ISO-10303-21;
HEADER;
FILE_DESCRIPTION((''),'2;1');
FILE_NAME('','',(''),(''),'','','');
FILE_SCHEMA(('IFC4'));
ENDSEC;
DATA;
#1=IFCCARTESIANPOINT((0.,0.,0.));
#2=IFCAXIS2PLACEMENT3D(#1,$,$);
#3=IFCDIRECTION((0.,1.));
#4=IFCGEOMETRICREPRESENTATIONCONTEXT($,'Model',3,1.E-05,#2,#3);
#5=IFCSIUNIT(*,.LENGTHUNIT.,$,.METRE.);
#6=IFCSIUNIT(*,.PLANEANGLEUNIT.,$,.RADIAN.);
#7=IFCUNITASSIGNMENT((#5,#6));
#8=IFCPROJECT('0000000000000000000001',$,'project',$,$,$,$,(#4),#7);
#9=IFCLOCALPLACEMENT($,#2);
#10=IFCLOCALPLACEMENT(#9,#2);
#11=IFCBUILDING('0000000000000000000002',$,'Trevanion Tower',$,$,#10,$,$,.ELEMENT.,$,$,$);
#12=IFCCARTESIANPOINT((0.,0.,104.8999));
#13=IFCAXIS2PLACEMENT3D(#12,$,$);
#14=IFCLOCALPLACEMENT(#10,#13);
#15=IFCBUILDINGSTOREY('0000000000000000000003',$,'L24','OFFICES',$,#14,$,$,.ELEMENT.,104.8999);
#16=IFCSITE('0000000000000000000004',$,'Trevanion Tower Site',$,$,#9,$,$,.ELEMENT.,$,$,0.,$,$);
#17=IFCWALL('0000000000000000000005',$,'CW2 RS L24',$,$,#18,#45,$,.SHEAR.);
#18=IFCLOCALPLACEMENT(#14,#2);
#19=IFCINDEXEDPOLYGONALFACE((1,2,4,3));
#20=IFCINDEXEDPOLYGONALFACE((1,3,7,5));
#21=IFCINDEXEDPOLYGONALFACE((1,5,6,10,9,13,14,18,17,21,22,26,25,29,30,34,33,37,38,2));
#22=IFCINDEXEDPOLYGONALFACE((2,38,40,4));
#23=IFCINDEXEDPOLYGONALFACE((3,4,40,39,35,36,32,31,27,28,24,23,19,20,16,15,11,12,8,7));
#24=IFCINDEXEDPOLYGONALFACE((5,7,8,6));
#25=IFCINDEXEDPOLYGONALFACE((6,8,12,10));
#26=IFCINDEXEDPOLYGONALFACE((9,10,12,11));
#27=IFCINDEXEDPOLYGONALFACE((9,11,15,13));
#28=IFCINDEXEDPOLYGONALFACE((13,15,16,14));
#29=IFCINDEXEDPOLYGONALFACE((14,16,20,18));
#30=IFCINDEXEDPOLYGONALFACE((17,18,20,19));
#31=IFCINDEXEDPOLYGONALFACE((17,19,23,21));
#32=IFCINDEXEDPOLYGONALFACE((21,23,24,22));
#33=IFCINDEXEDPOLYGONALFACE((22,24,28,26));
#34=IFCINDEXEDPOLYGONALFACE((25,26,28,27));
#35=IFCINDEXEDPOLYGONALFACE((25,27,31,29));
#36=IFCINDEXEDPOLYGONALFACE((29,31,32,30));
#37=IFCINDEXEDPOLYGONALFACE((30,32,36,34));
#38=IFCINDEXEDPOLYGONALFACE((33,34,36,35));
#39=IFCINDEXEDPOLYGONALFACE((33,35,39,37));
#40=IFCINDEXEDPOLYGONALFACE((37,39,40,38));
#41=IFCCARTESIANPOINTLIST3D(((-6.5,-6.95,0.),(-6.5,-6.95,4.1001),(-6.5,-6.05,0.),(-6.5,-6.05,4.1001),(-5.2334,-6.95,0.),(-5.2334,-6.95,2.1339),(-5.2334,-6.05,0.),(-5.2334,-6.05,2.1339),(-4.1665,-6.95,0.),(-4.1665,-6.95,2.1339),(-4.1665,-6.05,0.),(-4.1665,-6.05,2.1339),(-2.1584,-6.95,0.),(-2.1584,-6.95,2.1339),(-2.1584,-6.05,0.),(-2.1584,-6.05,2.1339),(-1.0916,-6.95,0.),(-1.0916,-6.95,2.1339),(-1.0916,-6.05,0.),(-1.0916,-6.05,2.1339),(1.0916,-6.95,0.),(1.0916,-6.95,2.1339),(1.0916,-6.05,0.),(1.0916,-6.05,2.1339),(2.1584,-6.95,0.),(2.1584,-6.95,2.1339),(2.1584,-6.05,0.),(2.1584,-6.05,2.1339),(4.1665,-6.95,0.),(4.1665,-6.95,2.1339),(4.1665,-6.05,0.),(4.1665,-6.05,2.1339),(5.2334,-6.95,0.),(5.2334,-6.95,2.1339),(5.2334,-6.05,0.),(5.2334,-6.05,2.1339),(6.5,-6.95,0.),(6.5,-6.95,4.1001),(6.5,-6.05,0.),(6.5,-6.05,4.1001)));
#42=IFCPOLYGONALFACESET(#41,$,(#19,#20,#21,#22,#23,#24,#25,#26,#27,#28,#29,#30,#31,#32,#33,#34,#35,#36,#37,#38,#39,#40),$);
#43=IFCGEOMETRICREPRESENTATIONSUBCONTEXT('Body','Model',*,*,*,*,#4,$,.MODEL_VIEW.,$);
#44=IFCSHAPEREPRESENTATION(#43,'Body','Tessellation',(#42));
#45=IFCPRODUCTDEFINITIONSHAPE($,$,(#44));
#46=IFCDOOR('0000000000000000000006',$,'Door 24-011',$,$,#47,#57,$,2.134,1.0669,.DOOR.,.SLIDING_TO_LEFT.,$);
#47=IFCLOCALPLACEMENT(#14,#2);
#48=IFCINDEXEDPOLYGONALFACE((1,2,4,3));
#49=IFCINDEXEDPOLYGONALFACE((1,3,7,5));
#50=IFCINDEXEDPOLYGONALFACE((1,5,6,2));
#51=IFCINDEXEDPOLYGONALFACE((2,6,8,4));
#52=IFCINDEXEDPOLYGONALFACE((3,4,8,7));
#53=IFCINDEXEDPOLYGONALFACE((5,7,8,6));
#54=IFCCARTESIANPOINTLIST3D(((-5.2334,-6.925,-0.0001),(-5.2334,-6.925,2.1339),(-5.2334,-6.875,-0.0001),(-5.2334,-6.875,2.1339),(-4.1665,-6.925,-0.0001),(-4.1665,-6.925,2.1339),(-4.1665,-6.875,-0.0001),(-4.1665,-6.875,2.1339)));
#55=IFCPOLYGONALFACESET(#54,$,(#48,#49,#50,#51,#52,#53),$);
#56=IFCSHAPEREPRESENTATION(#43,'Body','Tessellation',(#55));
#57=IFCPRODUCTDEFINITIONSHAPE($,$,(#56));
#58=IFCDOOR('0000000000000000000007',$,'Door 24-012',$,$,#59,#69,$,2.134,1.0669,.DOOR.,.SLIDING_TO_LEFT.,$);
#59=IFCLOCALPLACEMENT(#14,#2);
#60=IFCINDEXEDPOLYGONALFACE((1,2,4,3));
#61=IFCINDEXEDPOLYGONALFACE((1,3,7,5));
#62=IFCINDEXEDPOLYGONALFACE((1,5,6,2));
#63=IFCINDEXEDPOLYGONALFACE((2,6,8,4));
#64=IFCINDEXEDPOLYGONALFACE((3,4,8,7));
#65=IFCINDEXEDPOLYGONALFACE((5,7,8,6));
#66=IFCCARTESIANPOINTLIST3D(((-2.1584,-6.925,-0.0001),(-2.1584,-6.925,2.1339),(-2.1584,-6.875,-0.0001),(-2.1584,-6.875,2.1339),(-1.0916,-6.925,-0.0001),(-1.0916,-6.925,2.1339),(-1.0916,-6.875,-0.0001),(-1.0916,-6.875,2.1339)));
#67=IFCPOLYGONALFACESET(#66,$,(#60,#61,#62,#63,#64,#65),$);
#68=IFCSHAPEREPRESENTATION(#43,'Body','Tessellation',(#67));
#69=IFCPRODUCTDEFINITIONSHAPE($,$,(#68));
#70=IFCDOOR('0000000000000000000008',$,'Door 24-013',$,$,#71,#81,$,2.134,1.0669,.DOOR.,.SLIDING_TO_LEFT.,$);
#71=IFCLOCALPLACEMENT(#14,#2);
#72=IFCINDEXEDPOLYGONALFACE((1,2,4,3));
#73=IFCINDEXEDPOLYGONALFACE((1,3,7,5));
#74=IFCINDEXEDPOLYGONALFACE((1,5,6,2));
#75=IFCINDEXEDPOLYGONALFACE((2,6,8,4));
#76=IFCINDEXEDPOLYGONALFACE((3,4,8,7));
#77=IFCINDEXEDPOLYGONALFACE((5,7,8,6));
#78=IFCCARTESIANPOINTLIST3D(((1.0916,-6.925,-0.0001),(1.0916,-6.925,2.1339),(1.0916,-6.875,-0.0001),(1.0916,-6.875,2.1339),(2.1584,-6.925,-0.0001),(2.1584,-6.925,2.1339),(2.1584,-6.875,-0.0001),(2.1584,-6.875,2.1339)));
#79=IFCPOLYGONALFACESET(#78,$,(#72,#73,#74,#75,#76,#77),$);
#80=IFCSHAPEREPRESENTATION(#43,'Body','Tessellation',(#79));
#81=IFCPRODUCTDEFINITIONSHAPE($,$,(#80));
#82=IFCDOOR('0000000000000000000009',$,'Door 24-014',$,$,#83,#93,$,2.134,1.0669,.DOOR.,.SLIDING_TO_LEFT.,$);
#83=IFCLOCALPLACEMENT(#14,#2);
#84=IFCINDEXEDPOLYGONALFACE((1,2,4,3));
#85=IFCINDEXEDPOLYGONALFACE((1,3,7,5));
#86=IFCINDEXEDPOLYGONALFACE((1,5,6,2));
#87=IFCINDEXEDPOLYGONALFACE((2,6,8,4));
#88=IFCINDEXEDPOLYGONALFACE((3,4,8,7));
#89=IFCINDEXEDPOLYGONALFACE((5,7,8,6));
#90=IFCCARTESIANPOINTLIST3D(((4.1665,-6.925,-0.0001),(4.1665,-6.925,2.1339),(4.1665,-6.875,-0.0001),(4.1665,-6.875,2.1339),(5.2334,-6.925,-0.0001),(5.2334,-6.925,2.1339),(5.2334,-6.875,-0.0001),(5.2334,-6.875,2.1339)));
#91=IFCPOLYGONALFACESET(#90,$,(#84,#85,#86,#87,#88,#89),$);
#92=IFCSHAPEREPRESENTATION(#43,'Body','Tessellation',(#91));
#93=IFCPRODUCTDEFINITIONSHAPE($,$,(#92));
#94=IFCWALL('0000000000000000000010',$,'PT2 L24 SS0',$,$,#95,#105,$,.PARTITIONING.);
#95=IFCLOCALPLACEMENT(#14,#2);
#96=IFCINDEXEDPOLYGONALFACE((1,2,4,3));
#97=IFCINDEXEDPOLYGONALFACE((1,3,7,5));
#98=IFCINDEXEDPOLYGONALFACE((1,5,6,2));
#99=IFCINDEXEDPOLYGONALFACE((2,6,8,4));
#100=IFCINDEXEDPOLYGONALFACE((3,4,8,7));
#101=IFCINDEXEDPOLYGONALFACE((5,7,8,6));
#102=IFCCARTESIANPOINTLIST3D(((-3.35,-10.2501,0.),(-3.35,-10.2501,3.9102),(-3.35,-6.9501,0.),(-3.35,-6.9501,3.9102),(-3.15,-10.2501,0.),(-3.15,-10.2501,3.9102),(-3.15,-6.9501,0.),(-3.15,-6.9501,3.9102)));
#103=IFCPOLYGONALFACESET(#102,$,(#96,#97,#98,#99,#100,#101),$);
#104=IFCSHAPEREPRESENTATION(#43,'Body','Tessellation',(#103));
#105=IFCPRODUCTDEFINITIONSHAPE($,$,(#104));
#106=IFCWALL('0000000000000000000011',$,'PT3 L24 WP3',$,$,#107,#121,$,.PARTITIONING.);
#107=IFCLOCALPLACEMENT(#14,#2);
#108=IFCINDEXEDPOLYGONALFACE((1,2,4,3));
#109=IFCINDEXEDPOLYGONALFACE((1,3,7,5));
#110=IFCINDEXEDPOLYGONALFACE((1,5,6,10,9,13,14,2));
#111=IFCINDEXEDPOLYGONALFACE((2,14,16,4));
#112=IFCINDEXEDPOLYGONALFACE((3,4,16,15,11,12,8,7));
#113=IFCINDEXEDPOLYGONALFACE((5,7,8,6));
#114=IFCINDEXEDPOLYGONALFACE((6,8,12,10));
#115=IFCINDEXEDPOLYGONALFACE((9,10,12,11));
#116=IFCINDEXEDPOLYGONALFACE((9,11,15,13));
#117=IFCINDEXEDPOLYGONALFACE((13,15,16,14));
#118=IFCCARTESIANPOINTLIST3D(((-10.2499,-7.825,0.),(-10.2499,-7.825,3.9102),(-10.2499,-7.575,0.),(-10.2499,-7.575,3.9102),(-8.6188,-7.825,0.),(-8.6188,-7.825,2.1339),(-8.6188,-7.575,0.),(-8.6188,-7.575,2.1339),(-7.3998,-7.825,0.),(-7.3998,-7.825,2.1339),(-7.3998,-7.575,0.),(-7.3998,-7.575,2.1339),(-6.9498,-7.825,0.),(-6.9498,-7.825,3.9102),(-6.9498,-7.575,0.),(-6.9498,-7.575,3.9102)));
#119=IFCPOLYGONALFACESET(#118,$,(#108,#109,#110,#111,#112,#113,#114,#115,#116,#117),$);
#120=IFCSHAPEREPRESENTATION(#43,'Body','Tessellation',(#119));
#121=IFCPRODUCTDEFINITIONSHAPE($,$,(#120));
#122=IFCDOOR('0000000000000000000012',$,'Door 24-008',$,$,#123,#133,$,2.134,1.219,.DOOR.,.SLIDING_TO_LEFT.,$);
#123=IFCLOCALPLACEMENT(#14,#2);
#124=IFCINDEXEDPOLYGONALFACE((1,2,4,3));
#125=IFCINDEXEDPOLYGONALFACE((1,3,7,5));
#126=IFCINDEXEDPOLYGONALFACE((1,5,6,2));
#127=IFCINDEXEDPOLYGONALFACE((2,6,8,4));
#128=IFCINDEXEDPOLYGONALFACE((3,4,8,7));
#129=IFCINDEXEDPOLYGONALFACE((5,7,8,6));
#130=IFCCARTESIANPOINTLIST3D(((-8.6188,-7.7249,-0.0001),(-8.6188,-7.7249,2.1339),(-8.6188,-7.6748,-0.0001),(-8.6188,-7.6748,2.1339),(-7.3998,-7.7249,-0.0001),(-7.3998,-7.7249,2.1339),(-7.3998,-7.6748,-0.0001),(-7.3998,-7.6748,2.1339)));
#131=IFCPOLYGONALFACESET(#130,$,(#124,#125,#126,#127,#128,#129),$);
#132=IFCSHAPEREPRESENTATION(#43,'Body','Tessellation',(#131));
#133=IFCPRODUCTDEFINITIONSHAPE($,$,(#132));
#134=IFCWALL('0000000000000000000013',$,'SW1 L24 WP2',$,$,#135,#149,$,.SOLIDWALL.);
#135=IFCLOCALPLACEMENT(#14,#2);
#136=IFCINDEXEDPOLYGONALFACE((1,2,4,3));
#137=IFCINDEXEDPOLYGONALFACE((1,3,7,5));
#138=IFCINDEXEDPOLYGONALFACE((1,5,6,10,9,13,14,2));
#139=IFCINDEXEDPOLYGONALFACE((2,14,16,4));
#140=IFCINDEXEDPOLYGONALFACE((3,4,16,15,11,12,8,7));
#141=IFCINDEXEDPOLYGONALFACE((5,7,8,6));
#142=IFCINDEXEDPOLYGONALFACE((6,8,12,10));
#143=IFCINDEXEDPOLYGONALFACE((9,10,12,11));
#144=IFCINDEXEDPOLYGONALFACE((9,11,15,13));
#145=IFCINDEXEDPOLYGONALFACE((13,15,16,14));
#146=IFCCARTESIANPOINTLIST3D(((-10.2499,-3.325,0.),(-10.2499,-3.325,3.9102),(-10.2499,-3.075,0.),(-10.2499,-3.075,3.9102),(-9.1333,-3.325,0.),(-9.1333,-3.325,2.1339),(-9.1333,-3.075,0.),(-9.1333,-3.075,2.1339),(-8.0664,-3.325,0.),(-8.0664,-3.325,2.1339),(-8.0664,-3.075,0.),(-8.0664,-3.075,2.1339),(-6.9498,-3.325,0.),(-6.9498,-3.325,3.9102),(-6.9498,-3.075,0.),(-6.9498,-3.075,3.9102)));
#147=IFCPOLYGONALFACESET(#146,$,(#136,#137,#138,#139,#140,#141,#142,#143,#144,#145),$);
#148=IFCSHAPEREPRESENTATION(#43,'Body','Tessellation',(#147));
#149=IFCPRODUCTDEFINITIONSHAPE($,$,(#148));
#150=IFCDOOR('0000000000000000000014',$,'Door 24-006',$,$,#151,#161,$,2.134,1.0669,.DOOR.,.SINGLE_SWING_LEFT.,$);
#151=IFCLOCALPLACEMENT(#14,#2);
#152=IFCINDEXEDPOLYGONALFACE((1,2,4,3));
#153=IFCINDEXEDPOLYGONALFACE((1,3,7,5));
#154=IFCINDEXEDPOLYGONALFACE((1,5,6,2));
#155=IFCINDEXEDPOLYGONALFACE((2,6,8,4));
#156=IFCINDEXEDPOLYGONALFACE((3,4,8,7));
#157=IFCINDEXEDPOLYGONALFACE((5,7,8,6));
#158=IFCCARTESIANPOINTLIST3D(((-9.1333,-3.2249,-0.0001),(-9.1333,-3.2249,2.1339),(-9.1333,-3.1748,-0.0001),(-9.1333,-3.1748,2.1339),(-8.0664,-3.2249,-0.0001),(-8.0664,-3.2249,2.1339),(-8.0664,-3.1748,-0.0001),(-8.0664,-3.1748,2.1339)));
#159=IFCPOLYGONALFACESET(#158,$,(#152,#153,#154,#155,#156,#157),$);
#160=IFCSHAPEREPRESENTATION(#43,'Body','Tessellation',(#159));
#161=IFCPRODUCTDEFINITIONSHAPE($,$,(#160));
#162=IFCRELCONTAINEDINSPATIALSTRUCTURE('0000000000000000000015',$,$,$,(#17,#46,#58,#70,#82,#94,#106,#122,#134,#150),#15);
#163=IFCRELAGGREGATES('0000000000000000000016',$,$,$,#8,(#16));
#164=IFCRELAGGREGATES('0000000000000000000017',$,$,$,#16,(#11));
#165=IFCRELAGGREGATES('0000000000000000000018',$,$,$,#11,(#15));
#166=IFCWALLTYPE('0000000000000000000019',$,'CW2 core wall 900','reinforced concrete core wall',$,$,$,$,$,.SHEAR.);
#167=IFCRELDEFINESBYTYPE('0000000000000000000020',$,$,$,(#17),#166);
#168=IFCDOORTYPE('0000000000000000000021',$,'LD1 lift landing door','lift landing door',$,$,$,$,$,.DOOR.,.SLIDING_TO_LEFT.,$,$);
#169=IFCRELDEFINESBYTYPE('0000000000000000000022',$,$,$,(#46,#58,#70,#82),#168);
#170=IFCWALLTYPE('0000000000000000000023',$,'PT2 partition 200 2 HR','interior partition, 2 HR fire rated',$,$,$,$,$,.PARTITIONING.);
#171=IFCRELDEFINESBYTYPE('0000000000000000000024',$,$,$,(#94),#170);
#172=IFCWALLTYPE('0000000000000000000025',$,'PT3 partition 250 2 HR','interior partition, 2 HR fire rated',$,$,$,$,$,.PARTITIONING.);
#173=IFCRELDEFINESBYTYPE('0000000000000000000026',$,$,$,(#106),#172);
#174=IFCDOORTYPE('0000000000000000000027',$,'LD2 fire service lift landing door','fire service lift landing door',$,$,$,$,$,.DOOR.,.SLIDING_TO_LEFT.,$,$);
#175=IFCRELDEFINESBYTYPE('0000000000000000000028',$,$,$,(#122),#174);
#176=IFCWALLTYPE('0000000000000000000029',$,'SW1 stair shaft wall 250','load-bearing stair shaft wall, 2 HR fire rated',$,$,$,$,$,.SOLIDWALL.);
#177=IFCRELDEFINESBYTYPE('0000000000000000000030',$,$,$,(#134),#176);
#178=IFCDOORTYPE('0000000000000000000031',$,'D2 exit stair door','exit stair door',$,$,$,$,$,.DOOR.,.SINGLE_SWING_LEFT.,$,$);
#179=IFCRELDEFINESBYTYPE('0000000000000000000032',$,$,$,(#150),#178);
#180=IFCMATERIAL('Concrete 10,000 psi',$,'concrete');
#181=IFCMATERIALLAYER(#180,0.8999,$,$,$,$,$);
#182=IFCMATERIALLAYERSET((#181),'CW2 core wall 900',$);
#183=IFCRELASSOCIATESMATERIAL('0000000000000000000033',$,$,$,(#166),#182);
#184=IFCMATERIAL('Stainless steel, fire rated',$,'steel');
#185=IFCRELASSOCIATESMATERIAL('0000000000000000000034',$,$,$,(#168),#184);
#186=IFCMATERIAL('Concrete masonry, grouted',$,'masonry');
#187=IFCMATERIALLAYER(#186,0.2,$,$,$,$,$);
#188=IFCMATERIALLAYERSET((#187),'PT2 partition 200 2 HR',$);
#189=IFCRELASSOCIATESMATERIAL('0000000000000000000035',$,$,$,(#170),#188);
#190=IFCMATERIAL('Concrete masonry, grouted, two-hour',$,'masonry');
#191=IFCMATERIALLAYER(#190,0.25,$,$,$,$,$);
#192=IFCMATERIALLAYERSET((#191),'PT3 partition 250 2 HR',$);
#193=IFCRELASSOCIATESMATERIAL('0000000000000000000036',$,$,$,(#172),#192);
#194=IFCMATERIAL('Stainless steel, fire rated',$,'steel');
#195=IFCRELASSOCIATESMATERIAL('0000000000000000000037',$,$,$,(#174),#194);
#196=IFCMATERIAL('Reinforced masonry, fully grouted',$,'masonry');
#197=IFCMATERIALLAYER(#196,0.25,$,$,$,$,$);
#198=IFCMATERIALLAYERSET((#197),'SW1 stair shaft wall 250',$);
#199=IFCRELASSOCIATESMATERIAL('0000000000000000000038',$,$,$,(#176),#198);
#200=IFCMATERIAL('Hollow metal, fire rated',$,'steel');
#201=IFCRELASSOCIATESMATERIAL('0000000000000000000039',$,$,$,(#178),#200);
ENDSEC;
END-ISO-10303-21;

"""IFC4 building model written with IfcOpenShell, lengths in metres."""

from ifc_helpers import new_model, si_unit, direction, frame, frame_2d, origin, place, context, subcontext, project, spatial, rectangle, extrude, material, layer, layer_set, type_object, element, fill, save


model = new_model("IFC4")

# Units and contexts
model_context = context("Model", 3, precision=1e-05, world=origin(), true_north=direction((0.0, 1.0)))
body_context = subcontext(model_context, "Body", "Model", "MODEL_VIEW")
ifc_project = project(units=[si_unit("LENGTHUNIT", "METRE"), si_unit("PLANEANGLEUNIT", "RADIAN")], contexts=[model_context])

# Site, building, storey
site_placement = place(None, origin())
site = spatial("IfcSite", under=ifc_project, at=site_placement, Name="Trevanion Tower Site", CompositionType="ELEMENT", RefElevation=0.0)
building_placement = place(site_placement, origin())
building = spatial("IfcBuilding", under=site, at=building_placement, Name="Trevanion Tower", CompositionType="ELEMENT")
storey_placement = place(building_placement, frame((0.0, 0.0, 104.8999)))
storey = spatial("IfcBuildingStorey", under=building, at=storey_placement, Name="L24", Description="OFFICES", CompositionType="ELEMENT", Elevation=104.8999)

# Shared definitions
ifc_material_1 = material(Name="Concrete 10,000 psi", Category="concrete")
ifc_layer_1 = layer(ifc_material_1, 0.8999)
ifc_layer_set_1 = layer_set([ifc_layer_1], Name="CW2 core wall 900")
wall_type_1 = type_object("IfcWallType", Name="CW2 core wall 900", Description="reinforced concrete core wall", PredefinedType="SHEAR", material=ifc_layer_set_1)

# Wall, openings, doors
wall_1_placement = place(storey_placement, frame((-6.5, -6.5, 0.0), z_axis=(0.0, 0.0, 1.0), x_axis=(1.0, 0.0, 0.0)))
wall_1 = element("IfcWall", 1, at=wall_1_placement, inside=storey, type_object=wall_type_1, Name="CW2 RS L24", PredefinedType="SHEAR", context=body_context, shape_type="SweptSolid", body=[
    extrude(rectangle(XDim=13.0, YDim=0.8999, at=frame_2d((6.5, 0.0))), origin(), (0.0, 0.0, 1.0), 4.1001),
])
opening_1_placement = place(wall_1_placement, frame((1.2666, 0.0, 0.0)))
opening_1 = element("IfcOpeningElement", 2, at=opening_1_placement, cuts=wall_1, PredefinedType="OPENING", context=body_context, shape_type="SweptSolid", body=[
    extrude(rectangle(XDim=1.0669, YDim=2.134, at=frame_2d((0.5334, 1.0669))), frame((0.0, 0.46, 0.0), z_axis=(0.0, -1.0, 0.0), x_axis=(1.0, 0.0, 0.0)), (0.0, 0.0, 1.0), 0.9199),
])
opening_2_placement = place(wall_1_placement, frame((4.3416, 0.0, 0.0)))
opening_2 = element("IfcOpeningElement", 3, at=opening_2_placement, cuts=wall_1, PredefinedType="OPENING", context=body_context, shape_type="SweptSolid", body=[
    extrude(rectangle(XDim=1.0669, YDim=2.134, at=frame_2d((0.5334, 1.0669))), frame((0.0, 0.46, 0.0), z_axis=(0.0, -1.0, 0.0), x_axis=(1.0, 0.0, 0.0)), (0.0, 0.0, 1.0), 0.9199),
])
opening_3_placement = place(wall_1_placement, frame((7.5916, 0.0, 0.0)))
opening_3 = element("IfcOpeningElement", 4, at=opening_3_placement, cuts=wall_1, PredefinedType="OPENING", context=body_context, shape_type="SweptSolid", body=[
    extrude(rectangle(XDim=1.0669, YDim=2.134, at=frame_2d((0.5334, 1.0669))), frame((0.0, 0.46, 0.0), z_axis=(0.0, -1.0, 0.0), x_axis=(1.0, 0.0, 0.0)), (0.0, 0.0, 1.0), 0.9199),
])
opening_4_placement = place(wall_1_placement, frame((10.6665, 0.0, 0.0)))
opening_4 = element("IfcOpeningElement", 5, at=opening_4_placement, cuts=wall_1, PredefinedType="OPENING", context=body_context, shape_type="SweptSolid", body=[
    extrude(rectangle(XDim=1.0669, YDim=2.134, at=frame_2d((0.5334, 1.0669))), frame((0.0, 0.46, 0.0), z_axis=(0.0, -1.0, 0.0), x_axis=(1.0, 0.0, 0.0)), (0.0, 0.0, 1.0), 0.9199),
])
ifc_material_2 = material(Name="Stainless steel, fire rated", Category="steel")
door_type_1 = type_object("IfcDoorType", Name="LD1 lift landing door", Description="lift landing door", OperationType="SLIDING_TO_LEFT", PredefinedType="DOOR", material=ifc_material_2)
door_1_placement = place(opening_1_placement, origin())
door_1 = element("IfcDoor", 6, at=door_1_placement, inside=storey, type_object=door_type_1, Name="Door 24-011", OperationType="SLIDING_TO_LEFT", OverallHeight=2.134, OverallWidth=1.0669, PredefinedType="DOOR", context=body_context, shape_type="SweptSolid", body=[
    extrude(rectangle(XDim=1.0669, YDim=2.134, at=frame_2d((0.5334, 1.0669))), frame((0.0, -0.375, 0.0), z_axis=(0.0, -1.0, 0.0), x_axis=(1.0, 0.0, 0.0)), (0.0, 0.0, 1.0), 0.05),
])
fill(opening_1, door_1)
door_2_placement = place(opening_2_placement, origin())
door_2 = element("IfcDoor", 7, at=door_2_placement, inside=storey, type_object=door_type_1, Name="Door 24-012", OperationType="SLIDING_TO_LEFT", OverallHeight=2.134, OverallWidth=1.0669, PredefinedType="DOOR", context=body_context, shape_type="SweptSolid", body=[
    extrude(rectangle(XDim=1.0669, YDim=2.134, at=frame_2d((0.5334, 1.0669))), frame((0.0, -0.375, 0.0), z_axis=(0.0, -1.0, 0.0), x_axis=(1.0, 0.0, 0.0)), (0.0, 0.0, 1.0), 0.05),
])
fill(opening_2, door_2)
door_3_placement = place(opening_3_placement, origin())
door_3 = element("IfcDoor", 8, at=door_3_placement, inside=storey, type_object=door_type_1, Name="Door 24-013", OperationType="SLIDING_TO_LEFT", OverallHeight=2.134, OverallWidth=1.0669, PredefinedType="DOOR", context=body_context, shape_type="SweptSolid", body=[
    extrude(rectangle(XDim=1.0669, YDim=2.134, at=frame_2d((0.5334, 1.0669))), frame((0.0, -0.375, 0.0), z_axis=(0.0, -1.0, 0.0), x_axis=(1.0, 0.0, 0.0)), (0.0, 0.0, 1.0), 0.05),
])
fill(opening_3, door_3)
door_4_placement = place(opening_4_placement, origin())
door_4 = element("IfcDoor", 9, at=door_4_placement, inside=storey, type_object=door_type_1, Name="Door 24-014", OperationType="SLIDING_TO_LEFT", OverallHeight=2.134, OverallWidth=1.0669, PredefinedType="DOOR", context=body_context, shape_type="SweptSolid", body=[
    extrude(rectangle(XDim=1.0669, YDim=2.134, at=frame_2d((0.5334, 1.0669))), frame((0.0, -0.375, 0.0), z_axis=(0.0, -1.0, 0.0), x_axis=(1.0, 0.0, 0.0)), (0.0, 0.0, 1.0), 0.05),
])
fill(opening_4, door_4)

# Wall
ifc_material_3 = material(Name="Concrete masonry, grouted", Category="masonry")
ifc_layer_2 = layer(ifc_material_3, 0.2)
ifc_layer_set_2 = layer_set([ifc_layer_2], Name="PT2 partition 200 2 HR")
wall_type_2 = type_object("IfcWallType", Name="PT2 partition 200 2 HR", Description="interior partition, 2 HR fire rated", PredefinedType="PARTITIONING", material=ifc_layer_set_2)
wall_2_placement = place(storey_placement, frame((-3.25, -10.25, 0.0), z_axis=(0.0, 0.0, 1.0), x_axis=(0.0, 1.0, 0.0)))
element("IfcWall", 10, at=wall_2_placement, inside=storey, type_object=wall_type_2, Name="PT2 L24 SS0", PredefinedType="PARTITIONING", context=body_context, shape_type="SweptSolid", body=[
    extrude(rectangle(XDim=3.3, YDim=0.2, at=frame_2d((1.6499, 0.0))), origin(), (0.0, 0.0, 1.0), 3.9102),
])

# Walls, openings, doors
ifc_material_4 = material(Name="Concrete masonry, grouted, two-hour", Category="masonry")
ifc_layer_3 = layer(ifc_material_4, 0.25)
ifc_layer_set_3 = layer_set([ifc_layer_3], Name="PT3 partition 250 2 HR")
wall_type_3 = type_object("IfcWallType", Name="PT3 partition 250 2 HR", Description="interior partition, 2 HR fire rated", PredefinedType="PARTITIONING", material=ifc_layer_set_3)
wall_3_placement = place(storey_placement, frame((-6.95, -7.7, 0.0), z_axis=(0.0, 0.0, 1.0), x_axis=(-1.0, 0.0, 0.0)))
wall_3 = element("IfcWall", 11, at=wall_3_placement, inside=storey, type_object=wall_type_3, Name="PT3 L24 WP3", PredefinedType="PARTITIONING", context=body_context, shape_type="SweptSolid", body=[
    extrude(rectangle(XDim=3.3, YDim=0.25, at=frame_2d((1.6499, 0.0))), origin(), (0.0, 0.0, 1.0), 3.9102),
])
opening_5_placement = place(wall_3_placement, frame((0.45, 0.0, 0.0)))
opening_5 = element("IfcOpeningElement", 12, at=opening_5_placement, cuts=wall_3, PredefinedType="OPENING", context=body_context, shape_type="SweptSolid", body=[
    extrude(rectangle(XDim=1.219, YDim=2.134, at=frame_2d((0.6094, 1.0669))), frame((0.0, 0.135, 0.0), z_axis=(0.0, -1.0, 0.0), x_axis=(1.0, 0.0, 0.0)), (0.0, 0.0, 1.0), 0.27),
])
ifc_material_5 = material(Name="Stainless steel, fire rated", Category="steel")
door_type_2 = type_object("IfcDoorType", Name="LD2 fire service lift landing door", Description="fire service lift landing door", OperationType="SLIDING_TO_LEFT", PredefinedType="DOOR", material=ifc_material_5)
door_5_placement = place(opening_5_placement, origin())
door_5 = element("IfcDoor", 13, at=door_5_placement, inside=storey, type_object=door_type_2, Name="Door 24-008", OperationType="SLIDING_TO_LEFT", OverallHeight=2.134, OverallWidth=1.219, PredefinedType="DOOR", context=body_context, shape_type="SweptSolid", body=[
    extrude(rectangle(XDim=1.219, YDim=2.134, at=frame_2d((0.6094, 1.0669))), frame((0.0, 0.0249, 0.0), z_axis=(0.0, -1.0, 0.0), x_axis=(1.0, 0.0, 0.0)), (0.0, 0.0, 1.0), 0.05),
])
fill(opening_5, door_5)
ifc_material_6 = material(Name="Reinforced masonry, fully grouted", Category="masonry")
ifc_layer_4 = layer(ifc_material_6, 0.25)
ifc_layer_set_4 = layer_set([ifc_layer_4], Name="SW1 stair shaft wall 250")
wall_type_4 = type_object("IfcWallType", Name="SW1 stair shaft wall 250", Description="load-bearing stair shaft wall, 2 HR fire rated", PredefinedType="SOLIDWALL", material=ifc_layer_set_4)
wall_4_placement = place(storey_placement, frame((-6.95, -3.2, 0.0), z_axis=(0.0, 0.0, 1.0), x_axis=(-1.0, 0.0, 0.0)))
wall_4 = element("IfcWall", 14, at=wall_4_placement, inside=storey, type_object=wall_type_4, Name="SW1 L24 WP2", PredefinedType="SOLIDWALL", context=body_context, shape_type="SweptSolid", body=[
    extrude(rectangle(XDim=3.3, YDim=0.25, at=frame_2d((1.6499, 0.0))), origin(), (0.0, 0.0, 1.0), 3.9102),
])
opening_6_placement = place(wall_4_placement, frame((1.1165, 0.0, 0.0)))
opening_6 = element("IfcOpeningElement", 15, at=opening_6_placement, cuts=wall_4, PredefinedType="OPENING", context=body_context, shape_type="SweptSolid", body=[
    extrude(rectangle(XDim=1.0669, YDim=2.134, at=frame_2d((0.5334, 1.0669))), frame((0.0, 0.135, 0.0), z_axis=(0.0, -1.0, 0.0), x_axis=(1.0, 0.0, 0.0)), (0.0, 0.0, 1.0), 0.27),
])
ifc_material_7 = material(Name="Hollow metal, fire rated", Category="steel")
door_type_3 = type_object("IfcDoorType", Name="D2 exit stair door", Description="exit stair door", OperationType="SINGLE_SWING_LEFT", PredefinedType="DOOR", material=ifc_material_7)
door_6_placement = place(opening_6_placement, origin())
door_6 = element("IfcDoor", 16, at=door_6_placement, inside=storey, type_object=door_type_3, Name="Door 24-006", OperationType="SINGLE_SWING_LEFT", OverallHeight=2.134, OverallWidth=1.0669, PredefinedType="DOOR", context=body_context, shape_type="SweptSolid", body=[
    extrude(rectangle(XDim=1.0669, YDim=2.134, at=frame_2d((0.5334, 1.0669))), frame((0.0, 0.0249, 0.0), z_axis=(0.0, -1.0, 0.0), x_axis=(1.0, 0.0, 0.0)), (0.0, 0.0, 1.0), 0.05),
])
fill(opening_6, door_6)

save(model, "model.ifc")
